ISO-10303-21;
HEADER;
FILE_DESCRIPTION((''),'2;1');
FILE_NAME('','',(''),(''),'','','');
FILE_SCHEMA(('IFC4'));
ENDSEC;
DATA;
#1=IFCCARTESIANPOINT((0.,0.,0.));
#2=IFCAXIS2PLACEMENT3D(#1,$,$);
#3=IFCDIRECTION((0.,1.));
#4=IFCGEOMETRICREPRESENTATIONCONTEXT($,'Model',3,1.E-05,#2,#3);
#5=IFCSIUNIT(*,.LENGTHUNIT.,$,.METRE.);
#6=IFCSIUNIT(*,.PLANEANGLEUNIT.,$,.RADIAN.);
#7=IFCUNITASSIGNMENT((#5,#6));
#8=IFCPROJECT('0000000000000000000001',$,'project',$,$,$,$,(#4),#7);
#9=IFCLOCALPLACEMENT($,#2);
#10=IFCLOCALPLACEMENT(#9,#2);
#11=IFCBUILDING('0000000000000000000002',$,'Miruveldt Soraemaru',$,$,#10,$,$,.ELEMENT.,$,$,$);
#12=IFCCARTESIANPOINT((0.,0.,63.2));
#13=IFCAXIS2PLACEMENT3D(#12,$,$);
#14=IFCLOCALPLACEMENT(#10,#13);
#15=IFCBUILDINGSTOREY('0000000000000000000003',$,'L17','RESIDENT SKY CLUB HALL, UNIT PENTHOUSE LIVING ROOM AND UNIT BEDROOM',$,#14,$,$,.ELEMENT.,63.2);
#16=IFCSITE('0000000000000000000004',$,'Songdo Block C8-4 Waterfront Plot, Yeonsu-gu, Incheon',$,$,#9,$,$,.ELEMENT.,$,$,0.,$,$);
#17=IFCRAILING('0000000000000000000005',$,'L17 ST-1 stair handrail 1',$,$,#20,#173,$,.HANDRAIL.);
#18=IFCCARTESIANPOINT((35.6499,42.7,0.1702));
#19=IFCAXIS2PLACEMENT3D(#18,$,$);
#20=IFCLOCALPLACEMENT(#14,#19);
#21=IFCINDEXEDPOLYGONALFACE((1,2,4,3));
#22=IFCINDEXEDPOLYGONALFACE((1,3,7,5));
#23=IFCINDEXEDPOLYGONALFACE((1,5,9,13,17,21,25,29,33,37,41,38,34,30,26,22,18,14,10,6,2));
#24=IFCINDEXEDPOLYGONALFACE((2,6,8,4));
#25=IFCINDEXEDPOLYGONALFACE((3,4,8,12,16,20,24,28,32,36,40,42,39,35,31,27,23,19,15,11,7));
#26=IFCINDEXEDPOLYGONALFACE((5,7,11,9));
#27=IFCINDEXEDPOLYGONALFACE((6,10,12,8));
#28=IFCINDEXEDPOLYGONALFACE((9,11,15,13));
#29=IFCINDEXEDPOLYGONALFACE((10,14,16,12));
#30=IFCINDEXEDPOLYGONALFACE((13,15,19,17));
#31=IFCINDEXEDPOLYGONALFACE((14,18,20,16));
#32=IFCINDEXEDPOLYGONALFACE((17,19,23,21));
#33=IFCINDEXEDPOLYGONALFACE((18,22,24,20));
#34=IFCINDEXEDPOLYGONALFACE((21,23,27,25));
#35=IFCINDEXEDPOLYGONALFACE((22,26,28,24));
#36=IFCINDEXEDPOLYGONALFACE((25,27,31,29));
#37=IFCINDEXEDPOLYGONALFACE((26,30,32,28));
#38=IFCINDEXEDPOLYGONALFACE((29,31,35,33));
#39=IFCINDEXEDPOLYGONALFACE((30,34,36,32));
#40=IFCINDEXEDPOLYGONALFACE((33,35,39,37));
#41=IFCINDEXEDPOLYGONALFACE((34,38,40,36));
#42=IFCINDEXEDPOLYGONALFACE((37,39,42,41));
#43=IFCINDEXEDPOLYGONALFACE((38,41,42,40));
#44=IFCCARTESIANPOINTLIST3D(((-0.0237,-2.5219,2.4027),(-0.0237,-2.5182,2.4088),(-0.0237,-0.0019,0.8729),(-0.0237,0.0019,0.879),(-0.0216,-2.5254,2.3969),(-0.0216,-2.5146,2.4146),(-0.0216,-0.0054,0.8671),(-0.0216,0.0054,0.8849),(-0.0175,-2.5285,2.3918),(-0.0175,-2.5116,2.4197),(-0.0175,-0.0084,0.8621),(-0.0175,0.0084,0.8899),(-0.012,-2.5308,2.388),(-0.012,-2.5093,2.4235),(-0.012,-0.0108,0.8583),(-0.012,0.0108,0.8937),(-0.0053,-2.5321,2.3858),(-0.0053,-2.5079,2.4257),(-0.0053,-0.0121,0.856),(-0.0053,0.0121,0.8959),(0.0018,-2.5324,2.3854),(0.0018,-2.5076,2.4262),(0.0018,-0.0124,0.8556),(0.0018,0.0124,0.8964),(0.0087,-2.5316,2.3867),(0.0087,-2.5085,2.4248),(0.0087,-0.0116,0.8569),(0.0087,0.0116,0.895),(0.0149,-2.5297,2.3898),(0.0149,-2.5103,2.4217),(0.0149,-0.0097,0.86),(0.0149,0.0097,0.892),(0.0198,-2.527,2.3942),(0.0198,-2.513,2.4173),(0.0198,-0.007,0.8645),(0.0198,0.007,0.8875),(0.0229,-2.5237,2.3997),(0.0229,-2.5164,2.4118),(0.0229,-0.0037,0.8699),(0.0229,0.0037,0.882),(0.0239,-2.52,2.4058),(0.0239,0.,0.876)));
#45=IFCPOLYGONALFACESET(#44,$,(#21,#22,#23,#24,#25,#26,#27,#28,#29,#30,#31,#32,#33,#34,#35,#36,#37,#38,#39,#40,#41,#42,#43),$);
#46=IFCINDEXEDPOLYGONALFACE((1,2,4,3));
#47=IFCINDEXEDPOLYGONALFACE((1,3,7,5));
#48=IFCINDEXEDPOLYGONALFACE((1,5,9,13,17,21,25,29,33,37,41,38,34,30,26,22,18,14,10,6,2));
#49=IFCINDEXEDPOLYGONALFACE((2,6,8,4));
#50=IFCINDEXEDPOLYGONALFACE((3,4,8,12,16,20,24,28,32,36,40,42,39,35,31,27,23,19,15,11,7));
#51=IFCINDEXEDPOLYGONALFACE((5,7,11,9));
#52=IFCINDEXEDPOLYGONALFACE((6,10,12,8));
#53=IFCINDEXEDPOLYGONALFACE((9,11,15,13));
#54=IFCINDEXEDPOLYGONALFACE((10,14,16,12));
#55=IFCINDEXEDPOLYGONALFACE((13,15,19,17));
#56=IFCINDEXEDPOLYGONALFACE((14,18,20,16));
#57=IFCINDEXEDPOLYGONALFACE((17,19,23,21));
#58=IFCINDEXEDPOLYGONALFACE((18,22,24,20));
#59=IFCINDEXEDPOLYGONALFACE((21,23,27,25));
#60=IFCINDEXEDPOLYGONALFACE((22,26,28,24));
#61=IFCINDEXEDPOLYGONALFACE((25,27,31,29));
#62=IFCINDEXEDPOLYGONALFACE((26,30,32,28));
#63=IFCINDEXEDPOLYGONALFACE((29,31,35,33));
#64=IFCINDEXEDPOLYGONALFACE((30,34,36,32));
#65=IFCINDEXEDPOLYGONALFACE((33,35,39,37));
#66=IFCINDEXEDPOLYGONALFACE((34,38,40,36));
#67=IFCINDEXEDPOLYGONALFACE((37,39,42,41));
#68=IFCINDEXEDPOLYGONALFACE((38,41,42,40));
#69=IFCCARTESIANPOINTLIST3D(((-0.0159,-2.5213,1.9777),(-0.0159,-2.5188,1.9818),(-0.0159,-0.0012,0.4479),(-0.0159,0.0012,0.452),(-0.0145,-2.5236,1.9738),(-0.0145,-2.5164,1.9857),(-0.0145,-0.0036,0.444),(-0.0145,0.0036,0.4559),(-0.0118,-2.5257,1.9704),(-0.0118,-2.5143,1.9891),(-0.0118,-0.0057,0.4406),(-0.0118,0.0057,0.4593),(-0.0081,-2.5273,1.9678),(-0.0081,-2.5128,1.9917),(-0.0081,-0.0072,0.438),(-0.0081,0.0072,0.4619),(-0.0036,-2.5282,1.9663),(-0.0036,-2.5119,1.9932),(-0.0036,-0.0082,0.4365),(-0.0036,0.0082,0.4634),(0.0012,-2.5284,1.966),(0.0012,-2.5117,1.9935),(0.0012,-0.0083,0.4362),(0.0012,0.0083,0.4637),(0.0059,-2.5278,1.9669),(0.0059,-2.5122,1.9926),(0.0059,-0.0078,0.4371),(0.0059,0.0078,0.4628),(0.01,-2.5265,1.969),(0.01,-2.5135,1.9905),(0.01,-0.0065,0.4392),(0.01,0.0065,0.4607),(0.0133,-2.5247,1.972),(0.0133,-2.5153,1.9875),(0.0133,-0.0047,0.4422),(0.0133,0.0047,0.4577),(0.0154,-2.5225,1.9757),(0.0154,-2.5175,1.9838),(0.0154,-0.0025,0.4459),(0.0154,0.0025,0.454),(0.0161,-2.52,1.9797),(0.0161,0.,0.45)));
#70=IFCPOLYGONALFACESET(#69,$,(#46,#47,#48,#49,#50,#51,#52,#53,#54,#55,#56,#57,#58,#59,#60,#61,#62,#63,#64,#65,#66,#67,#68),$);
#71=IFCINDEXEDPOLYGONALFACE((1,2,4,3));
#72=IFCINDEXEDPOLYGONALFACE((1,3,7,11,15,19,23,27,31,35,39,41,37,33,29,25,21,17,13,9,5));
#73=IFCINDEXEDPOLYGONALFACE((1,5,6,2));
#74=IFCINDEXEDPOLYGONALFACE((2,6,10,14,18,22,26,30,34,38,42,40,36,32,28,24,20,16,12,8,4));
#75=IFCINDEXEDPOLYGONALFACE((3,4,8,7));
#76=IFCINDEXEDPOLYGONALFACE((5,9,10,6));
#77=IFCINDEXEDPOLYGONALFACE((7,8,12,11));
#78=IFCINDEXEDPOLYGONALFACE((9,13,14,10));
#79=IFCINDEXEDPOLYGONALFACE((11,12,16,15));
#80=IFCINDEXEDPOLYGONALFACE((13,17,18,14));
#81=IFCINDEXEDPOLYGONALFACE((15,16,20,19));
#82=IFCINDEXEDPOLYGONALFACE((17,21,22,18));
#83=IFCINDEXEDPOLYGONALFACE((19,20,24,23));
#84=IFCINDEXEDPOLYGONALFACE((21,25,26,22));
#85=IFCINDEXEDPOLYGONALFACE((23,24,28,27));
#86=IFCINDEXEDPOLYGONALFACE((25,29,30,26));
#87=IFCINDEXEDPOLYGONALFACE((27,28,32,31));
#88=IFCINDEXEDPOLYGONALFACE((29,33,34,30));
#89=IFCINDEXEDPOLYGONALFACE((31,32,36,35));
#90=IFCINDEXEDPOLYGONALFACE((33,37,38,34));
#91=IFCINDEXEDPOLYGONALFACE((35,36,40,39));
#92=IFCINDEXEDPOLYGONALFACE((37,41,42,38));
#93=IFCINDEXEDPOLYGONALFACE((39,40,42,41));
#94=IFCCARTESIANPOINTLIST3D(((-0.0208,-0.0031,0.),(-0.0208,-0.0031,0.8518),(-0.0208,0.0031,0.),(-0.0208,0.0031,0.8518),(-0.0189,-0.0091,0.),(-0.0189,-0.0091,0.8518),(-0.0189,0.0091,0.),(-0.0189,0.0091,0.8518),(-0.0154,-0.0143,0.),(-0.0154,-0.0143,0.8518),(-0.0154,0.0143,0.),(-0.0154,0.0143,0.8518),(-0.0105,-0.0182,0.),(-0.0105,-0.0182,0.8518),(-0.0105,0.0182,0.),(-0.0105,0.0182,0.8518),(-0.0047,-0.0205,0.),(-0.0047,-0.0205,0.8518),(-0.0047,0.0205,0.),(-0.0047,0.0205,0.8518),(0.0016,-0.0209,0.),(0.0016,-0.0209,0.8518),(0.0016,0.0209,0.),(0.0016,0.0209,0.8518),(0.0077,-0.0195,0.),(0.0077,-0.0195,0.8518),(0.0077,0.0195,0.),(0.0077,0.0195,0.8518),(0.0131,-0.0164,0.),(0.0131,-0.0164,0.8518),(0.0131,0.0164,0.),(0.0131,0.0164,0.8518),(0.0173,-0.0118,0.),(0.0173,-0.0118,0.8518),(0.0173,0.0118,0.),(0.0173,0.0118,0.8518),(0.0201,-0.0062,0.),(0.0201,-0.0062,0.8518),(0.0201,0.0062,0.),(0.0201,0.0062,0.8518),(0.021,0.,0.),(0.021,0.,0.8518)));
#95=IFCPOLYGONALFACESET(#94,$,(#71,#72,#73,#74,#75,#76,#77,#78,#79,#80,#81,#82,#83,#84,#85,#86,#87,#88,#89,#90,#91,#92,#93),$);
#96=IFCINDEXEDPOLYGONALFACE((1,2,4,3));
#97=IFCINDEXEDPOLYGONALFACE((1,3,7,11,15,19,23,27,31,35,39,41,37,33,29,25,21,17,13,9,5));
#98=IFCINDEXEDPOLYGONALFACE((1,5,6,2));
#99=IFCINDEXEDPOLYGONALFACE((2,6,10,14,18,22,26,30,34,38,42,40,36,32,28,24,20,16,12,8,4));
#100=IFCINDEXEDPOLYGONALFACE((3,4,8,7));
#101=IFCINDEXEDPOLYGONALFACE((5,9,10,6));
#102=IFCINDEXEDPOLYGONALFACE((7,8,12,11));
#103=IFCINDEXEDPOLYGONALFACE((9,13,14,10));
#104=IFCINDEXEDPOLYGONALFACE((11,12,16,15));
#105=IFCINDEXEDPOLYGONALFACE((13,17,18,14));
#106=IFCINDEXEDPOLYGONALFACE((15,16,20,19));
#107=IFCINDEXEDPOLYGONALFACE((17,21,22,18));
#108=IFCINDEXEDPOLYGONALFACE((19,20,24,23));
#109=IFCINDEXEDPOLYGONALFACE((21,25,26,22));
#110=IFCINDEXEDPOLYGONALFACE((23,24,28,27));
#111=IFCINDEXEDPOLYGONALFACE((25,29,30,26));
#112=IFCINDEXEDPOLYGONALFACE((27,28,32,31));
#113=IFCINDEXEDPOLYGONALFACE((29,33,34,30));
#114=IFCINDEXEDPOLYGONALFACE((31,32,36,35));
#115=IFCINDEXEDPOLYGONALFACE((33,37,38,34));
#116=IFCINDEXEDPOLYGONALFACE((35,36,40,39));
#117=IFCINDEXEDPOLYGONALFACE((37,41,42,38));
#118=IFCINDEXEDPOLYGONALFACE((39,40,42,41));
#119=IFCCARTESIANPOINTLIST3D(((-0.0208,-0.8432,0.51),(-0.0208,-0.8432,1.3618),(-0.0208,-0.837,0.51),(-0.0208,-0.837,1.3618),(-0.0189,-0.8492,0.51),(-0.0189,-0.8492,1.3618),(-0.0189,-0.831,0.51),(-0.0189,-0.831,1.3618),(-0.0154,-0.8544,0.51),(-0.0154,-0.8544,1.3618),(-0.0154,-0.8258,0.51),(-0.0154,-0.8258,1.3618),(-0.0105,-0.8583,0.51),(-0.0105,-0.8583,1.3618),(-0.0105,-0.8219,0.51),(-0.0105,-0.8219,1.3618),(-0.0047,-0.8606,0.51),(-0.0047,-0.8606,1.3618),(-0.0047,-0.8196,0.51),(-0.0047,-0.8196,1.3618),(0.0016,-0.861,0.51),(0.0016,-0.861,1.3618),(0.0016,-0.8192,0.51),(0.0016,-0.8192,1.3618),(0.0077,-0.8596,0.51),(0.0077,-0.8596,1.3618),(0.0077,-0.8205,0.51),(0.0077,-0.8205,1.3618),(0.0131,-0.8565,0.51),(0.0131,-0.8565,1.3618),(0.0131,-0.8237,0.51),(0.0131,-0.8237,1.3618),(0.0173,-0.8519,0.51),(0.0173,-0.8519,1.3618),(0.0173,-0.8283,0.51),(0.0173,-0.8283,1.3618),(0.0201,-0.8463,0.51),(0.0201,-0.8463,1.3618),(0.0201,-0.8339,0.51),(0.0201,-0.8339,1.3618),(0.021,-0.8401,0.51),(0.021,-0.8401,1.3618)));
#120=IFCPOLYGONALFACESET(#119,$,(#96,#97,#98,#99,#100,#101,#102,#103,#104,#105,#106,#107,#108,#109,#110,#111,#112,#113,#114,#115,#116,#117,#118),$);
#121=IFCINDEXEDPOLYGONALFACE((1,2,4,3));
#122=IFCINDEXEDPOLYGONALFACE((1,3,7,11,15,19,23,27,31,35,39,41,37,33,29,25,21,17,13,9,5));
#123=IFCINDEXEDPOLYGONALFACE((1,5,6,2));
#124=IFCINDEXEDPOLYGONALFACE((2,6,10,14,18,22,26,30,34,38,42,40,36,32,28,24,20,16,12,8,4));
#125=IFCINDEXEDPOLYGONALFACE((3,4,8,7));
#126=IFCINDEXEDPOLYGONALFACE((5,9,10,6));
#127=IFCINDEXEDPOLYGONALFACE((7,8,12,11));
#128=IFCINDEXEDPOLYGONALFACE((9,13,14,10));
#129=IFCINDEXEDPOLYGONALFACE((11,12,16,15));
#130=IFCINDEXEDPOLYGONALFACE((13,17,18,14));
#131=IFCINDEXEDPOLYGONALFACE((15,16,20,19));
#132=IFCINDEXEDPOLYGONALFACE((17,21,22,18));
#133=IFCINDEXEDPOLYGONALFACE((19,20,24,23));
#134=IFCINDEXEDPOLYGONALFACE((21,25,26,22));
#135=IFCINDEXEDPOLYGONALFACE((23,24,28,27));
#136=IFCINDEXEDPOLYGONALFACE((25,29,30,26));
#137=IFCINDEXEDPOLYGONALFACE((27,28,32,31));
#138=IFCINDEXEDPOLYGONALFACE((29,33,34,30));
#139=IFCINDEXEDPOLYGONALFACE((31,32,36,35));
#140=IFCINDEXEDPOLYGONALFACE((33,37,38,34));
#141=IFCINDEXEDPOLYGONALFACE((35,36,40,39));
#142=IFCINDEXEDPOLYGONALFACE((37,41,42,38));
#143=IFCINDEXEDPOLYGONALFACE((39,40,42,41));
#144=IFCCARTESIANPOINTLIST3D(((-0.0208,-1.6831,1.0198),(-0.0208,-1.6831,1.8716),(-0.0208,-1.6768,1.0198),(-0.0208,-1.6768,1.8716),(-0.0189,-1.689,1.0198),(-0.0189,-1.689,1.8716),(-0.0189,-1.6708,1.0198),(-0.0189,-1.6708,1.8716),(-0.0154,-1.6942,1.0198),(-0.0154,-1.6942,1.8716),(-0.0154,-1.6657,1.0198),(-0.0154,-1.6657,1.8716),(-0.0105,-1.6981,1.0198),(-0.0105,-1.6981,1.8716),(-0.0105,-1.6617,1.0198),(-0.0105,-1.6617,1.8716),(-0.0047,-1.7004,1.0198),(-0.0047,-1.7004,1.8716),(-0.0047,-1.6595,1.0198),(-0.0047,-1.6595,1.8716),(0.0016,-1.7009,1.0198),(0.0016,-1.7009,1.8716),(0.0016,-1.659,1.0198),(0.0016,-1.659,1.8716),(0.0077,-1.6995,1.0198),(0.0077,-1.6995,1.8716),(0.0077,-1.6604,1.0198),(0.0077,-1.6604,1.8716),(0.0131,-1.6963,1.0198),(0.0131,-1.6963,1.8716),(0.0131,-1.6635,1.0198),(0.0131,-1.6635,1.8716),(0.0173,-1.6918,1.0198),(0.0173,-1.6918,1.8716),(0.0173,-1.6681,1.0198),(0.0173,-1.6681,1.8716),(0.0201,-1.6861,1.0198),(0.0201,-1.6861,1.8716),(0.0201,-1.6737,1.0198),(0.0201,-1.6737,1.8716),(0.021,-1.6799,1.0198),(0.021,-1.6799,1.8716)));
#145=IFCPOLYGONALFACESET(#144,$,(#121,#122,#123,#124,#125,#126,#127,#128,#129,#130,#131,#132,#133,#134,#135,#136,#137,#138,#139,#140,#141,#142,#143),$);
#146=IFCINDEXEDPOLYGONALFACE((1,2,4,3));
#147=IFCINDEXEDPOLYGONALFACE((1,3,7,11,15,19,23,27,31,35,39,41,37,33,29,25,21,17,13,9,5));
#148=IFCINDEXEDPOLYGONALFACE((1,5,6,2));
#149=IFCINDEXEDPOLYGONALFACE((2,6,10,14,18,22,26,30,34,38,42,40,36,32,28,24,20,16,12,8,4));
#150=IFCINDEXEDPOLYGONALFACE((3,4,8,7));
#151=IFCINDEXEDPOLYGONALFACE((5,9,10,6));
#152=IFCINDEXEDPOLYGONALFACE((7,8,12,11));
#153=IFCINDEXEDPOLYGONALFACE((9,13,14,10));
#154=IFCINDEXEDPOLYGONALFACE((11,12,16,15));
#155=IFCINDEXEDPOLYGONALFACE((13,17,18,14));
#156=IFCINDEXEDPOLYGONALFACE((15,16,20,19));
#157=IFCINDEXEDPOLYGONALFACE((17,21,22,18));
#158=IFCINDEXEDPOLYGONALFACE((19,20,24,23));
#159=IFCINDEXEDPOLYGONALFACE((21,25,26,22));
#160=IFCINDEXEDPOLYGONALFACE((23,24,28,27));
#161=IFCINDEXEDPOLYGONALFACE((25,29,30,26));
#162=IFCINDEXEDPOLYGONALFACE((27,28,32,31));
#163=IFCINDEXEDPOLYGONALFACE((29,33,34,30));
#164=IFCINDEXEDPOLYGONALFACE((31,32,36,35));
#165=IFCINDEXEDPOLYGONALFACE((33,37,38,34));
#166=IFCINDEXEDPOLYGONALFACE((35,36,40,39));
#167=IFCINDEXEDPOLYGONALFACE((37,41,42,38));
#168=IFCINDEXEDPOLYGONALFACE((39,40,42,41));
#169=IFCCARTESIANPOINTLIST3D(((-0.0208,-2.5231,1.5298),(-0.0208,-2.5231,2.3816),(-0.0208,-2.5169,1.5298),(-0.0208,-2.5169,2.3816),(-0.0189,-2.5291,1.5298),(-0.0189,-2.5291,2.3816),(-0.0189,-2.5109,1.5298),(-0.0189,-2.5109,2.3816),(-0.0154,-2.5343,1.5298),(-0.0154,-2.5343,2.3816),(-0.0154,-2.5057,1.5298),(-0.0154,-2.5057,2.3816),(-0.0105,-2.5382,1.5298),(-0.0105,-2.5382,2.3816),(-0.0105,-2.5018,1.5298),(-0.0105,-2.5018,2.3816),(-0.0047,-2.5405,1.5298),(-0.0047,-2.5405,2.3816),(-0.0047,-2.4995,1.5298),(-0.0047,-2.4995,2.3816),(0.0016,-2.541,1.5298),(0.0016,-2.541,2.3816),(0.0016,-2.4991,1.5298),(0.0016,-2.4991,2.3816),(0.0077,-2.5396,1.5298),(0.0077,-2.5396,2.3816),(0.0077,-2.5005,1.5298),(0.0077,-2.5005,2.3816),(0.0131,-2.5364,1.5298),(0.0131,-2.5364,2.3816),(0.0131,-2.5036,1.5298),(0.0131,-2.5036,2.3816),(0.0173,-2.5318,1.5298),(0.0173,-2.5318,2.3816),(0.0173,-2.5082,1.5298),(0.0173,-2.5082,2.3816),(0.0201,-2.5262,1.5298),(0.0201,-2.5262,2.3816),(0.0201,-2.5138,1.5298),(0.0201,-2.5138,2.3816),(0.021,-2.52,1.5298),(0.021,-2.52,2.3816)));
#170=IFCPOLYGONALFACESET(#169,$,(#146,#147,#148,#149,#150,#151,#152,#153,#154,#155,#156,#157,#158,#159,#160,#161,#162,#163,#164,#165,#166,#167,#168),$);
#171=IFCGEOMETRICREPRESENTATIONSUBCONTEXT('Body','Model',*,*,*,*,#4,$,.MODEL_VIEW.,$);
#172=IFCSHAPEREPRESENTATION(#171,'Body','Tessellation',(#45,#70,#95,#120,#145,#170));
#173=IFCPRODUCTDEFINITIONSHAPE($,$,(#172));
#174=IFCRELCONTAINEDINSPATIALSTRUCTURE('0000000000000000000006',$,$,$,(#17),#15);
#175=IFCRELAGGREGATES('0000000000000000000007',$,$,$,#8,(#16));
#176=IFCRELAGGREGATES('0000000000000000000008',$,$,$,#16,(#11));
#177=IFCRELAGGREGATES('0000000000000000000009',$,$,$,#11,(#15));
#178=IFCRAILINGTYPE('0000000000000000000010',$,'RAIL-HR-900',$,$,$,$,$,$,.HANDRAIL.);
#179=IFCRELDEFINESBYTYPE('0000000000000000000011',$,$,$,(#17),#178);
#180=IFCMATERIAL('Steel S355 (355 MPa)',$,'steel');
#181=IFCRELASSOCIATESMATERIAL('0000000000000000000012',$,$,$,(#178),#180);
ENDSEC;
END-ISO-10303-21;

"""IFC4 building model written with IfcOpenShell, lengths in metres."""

from ifc_helpers import new_model, si_unit, direction, frame, origin, origin_2d, place, context, subcontext, project, spatial, circle, extrude, material, type_object, element, save


model = new_model("IFC4")

# Units and contexts
model_context = context("Model", 3, precision=1e-05, world=origin(), true_north=direction((0.0, 1.0)))
body_context = subcontext(model_context, "Body", "Model", "MODEL_VIEW")
ifc_project = project(units=[si_unit("LENGTHUNIT", "METRE"), si_unit("PLANEANGLEUNIT", "RADIAN")], contexts=[model_context])

# Site, building, storey
site_placement = place(None, origin())
site = spatial("IfcSite", under=ifc_project, at=site_placement, Name="Songdo Block C8-4 Waterfront Plot, Yeonsu-gu, Incheon", CompositionType="ELEMENT", RefElevation=0.0)
building_placement = place(site_placement, origin())
building = spatial("IfcBuilding", under=site, at=building_placement, Name="Miruveldt Soraemaru", CompositionType="ELEMENT")
storey_placement = place(building_placement, frame((0.0, 0.0, 63.2)))
storey = spatial("IfcBuildingStorey", under=building, at=storey_placement, Name="L17", Description="RESIDENT SKY CLUB HALL, UNIT PENTHOUSE LIVING ROOM AND UNIT BEDROOM", CompositionType="ELEMENT", Elevation=63.2)

# Railing
ifc_material_1 = material(Name="Steel S355 (355 MPa)", Category="steel")
railing_type_1 = type_object("IfcRailingType", Name="RAIL-HR-900", PredefinedType="HANDRAIL", material=ifc_material_1)
railing_1_placement = place(storey_placement, frame((35.6499, 42.7, 0.1702)))
element("IfcRailing", 1, at=railing_1_placement, inside=storey, type_object=railing_type_1, Name="L17 ST-1 stair handrail 1", PredefinedType="HANDRAIL", context=body_context, shape_type="SweptSolid", body=[
    extrude(circle(Radius=0.0239, at=origin_2d()), frame((0.0, 0.0, 0.876), z_axis=(0.0, -0.854822, 0.518922), x_axis=(1.0, 0.0, 0.0)), (0.0, 0.0, 1.0), 2.948),
    extrude(circle(Radius=0.0161, at=origin_2d()), frame((0.0, 0.0, 0.45), z_axis=(0.0, -0.854822, 0.518922), x_axis=(1.0, 0.0, 0.0)), (0.0, 0.0, 1.0), 2.948),
    extrude(circle(Radius=0.021, at=origin_2d()), origin(), (0.0, 0.0, 1.0), 0.8518),
    extrude(circle(Radius=0.021, at=origin_2d()), frame((0.0, -0.8401, 0.51)), (0.0, 0.0, 1.0), 0.8518),
    extrude(circle(Radius=0.021, at=origin_2d()), frame((0.0, -1.6799, 1.0198)), (0.0, 0.0, 1.0), 0.8518),
    extrude(circle(Radius=0.021, at=origin_2d()), frame((0.0, -2.52, 1.5298)), (0.0, 0.0, 1.0), 0.8518),
])

save(model, "model.ifc")
